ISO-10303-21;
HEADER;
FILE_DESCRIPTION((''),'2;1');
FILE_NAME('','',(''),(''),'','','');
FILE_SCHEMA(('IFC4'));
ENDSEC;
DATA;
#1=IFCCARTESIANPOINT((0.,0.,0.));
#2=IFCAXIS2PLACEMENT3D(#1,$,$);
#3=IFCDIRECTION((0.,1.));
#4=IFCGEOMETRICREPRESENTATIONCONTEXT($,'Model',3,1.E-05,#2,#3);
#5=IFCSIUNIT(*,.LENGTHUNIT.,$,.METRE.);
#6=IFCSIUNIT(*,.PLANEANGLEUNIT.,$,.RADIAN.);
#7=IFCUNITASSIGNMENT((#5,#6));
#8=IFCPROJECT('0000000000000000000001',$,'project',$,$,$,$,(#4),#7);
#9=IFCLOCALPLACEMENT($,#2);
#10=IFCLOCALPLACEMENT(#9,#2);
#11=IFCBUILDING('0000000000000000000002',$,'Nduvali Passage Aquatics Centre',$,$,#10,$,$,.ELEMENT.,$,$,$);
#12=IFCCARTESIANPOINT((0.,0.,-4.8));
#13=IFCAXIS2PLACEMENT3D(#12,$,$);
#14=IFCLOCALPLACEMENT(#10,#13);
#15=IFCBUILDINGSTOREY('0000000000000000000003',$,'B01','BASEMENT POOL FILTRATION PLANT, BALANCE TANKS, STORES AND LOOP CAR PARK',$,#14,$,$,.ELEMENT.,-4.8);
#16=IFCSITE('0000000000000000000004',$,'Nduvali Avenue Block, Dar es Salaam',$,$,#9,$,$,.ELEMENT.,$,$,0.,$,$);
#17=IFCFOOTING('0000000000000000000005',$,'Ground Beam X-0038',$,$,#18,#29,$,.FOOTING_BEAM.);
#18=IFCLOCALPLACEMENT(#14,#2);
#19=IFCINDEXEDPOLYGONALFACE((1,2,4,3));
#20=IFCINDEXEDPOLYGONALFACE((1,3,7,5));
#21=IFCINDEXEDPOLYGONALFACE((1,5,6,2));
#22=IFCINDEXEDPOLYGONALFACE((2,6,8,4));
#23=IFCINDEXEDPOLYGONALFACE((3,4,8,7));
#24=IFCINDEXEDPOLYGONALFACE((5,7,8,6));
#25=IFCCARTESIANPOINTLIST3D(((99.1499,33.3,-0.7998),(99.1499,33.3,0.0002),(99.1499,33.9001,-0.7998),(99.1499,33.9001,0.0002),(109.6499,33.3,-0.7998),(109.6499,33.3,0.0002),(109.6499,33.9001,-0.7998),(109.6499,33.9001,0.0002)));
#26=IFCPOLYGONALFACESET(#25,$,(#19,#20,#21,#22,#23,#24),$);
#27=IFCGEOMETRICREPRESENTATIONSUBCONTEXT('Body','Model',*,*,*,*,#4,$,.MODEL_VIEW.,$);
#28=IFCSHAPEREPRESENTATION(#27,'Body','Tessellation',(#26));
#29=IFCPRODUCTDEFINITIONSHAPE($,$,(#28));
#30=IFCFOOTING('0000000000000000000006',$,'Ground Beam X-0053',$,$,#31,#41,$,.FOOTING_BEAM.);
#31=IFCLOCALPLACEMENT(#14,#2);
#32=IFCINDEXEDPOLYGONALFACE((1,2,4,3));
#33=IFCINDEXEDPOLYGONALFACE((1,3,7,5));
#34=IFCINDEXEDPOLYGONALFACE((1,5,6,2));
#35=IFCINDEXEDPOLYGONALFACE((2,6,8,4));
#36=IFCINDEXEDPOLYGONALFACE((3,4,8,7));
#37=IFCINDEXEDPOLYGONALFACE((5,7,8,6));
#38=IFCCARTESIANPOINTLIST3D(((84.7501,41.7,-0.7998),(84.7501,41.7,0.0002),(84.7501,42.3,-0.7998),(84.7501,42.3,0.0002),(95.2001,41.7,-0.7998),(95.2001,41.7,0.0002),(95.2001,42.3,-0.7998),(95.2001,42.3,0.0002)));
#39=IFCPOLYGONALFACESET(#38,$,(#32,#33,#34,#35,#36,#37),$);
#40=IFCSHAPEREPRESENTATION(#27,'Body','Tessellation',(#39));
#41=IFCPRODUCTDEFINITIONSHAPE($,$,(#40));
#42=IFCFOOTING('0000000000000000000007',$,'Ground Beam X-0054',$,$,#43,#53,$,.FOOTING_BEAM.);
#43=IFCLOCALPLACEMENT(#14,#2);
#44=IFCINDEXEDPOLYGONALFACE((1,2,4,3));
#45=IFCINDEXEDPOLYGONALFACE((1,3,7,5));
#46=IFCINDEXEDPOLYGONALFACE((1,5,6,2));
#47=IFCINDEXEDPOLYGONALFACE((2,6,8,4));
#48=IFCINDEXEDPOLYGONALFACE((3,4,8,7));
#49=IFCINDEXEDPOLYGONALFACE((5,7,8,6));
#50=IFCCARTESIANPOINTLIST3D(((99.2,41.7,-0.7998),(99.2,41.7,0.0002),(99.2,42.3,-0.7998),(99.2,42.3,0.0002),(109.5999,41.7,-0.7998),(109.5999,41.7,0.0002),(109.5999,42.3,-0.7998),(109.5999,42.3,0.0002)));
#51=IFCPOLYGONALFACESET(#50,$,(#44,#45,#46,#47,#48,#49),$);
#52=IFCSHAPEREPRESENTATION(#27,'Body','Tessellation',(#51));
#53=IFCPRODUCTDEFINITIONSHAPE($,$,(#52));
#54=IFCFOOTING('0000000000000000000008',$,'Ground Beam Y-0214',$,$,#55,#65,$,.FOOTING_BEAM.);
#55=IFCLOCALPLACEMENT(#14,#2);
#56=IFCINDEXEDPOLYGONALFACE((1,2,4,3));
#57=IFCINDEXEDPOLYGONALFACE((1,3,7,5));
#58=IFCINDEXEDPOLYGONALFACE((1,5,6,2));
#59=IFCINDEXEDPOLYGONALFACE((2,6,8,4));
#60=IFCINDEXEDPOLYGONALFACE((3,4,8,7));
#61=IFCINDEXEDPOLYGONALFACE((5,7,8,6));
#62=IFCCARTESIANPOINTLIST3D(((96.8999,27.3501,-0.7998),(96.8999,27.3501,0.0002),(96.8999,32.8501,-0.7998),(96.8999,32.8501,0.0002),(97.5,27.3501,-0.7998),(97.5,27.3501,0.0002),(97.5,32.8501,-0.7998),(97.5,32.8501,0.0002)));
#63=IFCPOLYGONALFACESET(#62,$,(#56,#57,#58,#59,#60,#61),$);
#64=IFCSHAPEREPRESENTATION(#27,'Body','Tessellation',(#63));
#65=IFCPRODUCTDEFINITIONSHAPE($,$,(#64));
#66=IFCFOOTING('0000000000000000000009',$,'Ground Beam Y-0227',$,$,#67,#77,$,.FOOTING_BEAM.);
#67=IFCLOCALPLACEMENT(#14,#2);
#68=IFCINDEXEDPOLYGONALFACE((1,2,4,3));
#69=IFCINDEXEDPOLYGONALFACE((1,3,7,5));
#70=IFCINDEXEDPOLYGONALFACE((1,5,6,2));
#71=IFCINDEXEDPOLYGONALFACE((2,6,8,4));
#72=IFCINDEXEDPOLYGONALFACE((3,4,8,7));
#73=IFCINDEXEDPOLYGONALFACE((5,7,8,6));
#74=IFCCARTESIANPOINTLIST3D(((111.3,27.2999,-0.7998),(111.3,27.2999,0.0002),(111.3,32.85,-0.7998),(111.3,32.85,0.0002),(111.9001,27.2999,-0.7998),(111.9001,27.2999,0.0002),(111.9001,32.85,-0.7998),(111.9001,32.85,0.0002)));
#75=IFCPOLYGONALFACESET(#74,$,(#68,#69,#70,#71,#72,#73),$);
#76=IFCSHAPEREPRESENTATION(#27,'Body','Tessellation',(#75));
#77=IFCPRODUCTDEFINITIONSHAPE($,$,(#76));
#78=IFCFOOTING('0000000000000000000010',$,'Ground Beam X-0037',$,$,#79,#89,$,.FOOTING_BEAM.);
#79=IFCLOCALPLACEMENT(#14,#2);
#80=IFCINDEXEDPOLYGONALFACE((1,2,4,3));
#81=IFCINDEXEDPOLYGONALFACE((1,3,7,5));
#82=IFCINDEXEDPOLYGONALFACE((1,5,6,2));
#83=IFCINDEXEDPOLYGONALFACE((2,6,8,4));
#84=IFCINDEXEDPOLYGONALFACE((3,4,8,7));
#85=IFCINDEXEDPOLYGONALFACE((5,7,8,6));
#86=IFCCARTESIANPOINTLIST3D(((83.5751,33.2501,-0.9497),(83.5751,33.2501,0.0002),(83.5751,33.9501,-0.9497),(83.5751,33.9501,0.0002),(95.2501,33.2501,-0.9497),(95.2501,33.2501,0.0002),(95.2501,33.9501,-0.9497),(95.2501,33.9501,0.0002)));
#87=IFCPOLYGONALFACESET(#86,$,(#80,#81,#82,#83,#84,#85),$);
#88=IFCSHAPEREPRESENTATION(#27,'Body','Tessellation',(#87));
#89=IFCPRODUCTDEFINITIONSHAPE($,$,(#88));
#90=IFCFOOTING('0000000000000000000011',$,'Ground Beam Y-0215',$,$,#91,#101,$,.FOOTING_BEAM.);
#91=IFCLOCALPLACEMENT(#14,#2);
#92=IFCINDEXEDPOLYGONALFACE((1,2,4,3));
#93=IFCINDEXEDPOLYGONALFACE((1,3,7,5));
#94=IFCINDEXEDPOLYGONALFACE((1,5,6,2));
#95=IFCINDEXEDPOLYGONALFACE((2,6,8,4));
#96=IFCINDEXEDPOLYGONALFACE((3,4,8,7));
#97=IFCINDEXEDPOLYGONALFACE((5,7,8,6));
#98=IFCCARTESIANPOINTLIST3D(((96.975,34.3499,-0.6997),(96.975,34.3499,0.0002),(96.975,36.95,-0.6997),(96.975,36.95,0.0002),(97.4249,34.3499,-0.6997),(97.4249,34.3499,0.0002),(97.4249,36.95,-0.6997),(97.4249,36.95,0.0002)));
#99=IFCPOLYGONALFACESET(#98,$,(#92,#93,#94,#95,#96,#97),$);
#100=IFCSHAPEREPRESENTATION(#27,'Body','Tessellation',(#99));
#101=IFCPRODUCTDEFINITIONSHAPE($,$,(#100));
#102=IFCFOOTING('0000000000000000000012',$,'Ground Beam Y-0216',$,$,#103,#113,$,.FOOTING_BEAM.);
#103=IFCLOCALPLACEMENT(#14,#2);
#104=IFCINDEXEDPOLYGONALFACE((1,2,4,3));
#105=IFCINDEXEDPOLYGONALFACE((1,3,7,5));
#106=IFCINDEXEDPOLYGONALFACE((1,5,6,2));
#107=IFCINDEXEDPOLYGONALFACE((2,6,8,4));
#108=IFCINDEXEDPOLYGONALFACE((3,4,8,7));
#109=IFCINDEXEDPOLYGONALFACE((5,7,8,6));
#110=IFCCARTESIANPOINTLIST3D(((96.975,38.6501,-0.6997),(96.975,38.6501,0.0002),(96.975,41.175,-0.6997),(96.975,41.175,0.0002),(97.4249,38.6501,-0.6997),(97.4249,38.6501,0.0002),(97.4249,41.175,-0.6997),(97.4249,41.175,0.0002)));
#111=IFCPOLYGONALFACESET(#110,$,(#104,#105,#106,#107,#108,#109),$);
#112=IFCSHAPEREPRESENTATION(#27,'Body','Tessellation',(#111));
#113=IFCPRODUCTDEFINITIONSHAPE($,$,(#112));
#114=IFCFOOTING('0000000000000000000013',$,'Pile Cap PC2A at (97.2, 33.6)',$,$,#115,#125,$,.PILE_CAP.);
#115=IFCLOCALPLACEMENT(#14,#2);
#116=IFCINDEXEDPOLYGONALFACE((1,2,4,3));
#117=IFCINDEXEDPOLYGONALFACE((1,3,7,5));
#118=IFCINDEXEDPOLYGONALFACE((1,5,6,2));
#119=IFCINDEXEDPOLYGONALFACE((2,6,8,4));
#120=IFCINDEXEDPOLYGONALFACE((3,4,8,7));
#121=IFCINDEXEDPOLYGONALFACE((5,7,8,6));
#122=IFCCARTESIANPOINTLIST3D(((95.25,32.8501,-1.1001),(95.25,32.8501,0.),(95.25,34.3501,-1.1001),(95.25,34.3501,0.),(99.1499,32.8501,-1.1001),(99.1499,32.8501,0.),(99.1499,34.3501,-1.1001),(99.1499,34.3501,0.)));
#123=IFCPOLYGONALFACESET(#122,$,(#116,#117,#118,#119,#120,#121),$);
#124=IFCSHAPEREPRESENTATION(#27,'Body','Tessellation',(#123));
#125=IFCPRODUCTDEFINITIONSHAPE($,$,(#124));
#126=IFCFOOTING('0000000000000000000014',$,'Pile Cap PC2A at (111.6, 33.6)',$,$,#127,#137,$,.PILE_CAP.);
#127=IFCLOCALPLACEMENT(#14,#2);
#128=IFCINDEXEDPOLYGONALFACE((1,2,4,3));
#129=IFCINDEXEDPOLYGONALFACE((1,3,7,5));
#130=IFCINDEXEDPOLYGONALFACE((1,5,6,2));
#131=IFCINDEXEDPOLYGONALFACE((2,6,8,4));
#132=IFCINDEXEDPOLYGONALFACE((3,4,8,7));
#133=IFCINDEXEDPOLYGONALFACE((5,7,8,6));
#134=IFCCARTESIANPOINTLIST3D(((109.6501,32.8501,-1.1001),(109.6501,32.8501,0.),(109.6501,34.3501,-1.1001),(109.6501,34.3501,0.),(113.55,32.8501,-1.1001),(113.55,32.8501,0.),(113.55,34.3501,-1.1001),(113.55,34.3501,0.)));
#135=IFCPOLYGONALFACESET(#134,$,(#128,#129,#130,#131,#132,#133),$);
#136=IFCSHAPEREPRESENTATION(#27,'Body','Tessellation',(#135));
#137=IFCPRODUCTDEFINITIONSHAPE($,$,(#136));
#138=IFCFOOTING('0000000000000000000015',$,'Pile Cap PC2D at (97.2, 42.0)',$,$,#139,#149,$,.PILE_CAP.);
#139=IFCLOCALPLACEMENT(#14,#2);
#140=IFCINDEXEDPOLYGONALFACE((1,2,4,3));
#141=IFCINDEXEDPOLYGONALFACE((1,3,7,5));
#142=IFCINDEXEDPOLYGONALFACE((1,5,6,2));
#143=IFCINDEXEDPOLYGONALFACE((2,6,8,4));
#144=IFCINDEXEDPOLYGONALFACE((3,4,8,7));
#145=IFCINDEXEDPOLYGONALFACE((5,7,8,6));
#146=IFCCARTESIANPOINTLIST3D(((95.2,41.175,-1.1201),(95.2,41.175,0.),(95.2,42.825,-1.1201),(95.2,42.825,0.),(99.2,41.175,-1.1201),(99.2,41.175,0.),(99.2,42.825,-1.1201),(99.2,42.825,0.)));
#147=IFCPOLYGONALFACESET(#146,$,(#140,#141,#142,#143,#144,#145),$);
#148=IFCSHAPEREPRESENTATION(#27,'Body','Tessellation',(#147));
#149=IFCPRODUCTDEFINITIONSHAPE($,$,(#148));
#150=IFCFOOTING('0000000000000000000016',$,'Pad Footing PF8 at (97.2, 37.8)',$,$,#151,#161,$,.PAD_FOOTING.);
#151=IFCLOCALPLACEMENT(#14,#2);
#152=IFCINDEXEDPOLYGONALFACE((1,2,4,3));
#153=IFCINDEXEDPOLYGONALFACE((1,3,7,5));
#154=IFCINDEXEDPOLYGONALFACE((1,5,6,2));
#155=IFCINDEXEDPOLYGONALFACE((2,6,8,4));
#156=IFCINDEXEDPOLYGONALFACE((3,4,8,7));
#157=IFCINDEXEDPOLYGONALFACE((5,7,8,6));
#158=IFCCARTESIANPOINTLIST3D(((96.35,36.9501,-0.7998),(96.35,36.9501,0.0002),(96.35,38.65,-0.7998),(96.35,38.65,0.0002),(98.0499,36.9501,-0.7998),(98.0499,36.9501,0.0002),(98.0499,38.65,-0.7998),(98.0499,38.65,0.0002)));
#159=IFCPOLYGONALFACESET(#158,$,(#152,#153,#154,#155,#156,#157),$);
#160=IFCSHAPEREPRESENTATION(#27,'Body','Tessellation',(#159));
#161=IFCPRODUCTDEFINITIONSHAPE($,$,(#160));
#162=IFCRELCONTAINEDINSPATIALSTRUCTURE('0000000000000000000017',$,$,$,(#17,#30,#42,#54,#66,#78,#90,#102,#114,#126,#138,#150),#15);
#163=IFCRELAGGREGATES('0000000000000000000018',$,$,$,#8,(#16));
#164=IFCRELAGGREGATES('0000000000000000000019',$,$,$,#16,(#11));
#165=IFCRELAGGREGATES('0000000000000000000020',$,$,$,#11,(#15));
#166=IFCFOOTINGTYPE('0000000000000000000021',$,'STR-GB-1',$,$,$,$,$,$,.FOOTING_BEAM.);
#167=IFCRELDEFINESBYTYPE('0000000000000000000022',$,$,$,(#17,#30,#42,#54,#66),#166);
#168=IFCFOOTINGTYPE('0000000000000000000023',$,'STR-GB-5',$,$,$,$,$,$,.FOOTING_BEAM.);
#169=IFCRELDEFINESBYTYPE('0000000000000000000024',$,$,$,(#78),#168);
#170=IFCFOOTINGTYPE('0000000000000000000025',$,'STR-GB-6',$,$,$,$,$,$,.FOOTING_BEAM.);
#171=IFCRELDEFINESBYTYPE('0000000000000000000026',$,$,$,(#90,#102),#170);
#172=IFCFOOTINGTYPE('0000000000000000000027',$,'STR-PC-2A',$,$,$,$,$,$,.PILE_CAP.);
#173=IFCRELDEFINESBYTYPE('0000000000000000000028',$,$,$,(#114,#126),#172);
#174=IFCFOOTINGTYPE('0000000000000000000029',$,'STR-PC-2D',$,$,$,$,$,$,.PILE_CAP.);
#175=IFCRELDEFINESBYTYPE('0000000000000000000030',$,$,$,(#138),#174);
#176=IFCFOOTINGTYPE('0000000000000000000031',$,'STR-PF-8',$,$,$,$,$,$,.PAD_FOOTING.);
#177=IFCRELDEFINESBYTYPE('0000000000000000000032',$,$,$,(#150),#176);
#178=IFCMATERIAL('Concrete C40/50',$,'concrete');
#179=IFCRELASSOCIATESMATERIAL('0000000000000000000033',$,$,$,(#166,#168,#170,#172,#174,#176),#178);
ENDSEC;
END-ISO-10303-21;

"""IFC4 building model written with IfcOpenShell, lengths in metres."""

from ifc_helpers import new_model, si_unit, direction, frame, origin, origin_2d, place, context, subcontext, project, spatial, rectangle, extrude, material, type_object, element, save


model = new_model("IFC4")

# Units and contexts
model_context = context("Model", 3, precision=1e-05, world=origin(), true_north=direction((0.0, 1.0)))
body_context = subcontext(model_context, "Body", "Model", "MODEL_VIEW")
ifc_project = project(units=[si_unit("LENGTHUNIT", "METRE"), si_unit("PLANEANGLEUNIT", "RADIAN")], contexts=[model_context])

# Site, building, storey
site_placement = place(None, origin())
site = spatial("IfcSite", under=ifc_project, at=site_placement, Name="Nduvali Avenue Block, Dar es Salaam", CompositionType="ELEMENT", RefElevation=0.0)
building_placement = place(site_placement, origin())
building = spatial("IfcBuilding", under=site, at=building_placement, Name="Nduvali Passage Aquatics Centre", CompositionType="ELEMENT")
storey_placement = place(building_placement, frame((0.0, 0.0, -4.8)))
storey = spatial("IfcBuildingStorey", under=building, at=storey_placement, Name="B01", Description="BASEMENT POOL FILTRATION PLANT, BALANCE TANKS, STORES AND LOOP CAR PARK", CompositionType="ELEMENT", Elevation=-4.8)

# Footings
ifc_material = material(Name="Concrete C40/50", Category="concrete")
footing_type_1 = type_object("IfcFootingType", Name="STR-GB-1", PredefinedType="FOOTING_BEAM", material=ifc_material)
footing_1_placement = place(storey_placement, frame((104.3999, 33.6001, -0.7998), z_axis=(0.0, 0.0, 1.0), x_axis=(1.0, 0.0, 0.0)))
element("IfcFooting", 1, at=footing_1_placement, inside=storey, type_object=footing_type_1, Name="Ground Beam X-0038", PredefinedType="FOOTING_BEAM", context=body_context, shape_type="SweptSolid", body=[
    extrude(rectangle(XDim=10.5, YDim=0.6001, at=origin_2d()), origin(), (0.0, 0.0, 1.0), 0.8),
])
footing_2_placement = place(storey_placement, frame((89.9751, 42.0, -0.7998), z_axis=(0.0, 0.0, 1.0), x_axis=(1.0, 0.0, 0.0)))
element("IfcFooting", 2, at=footing_2_placement, inside=storey, type_object=footing_type_1, Name="Ground Beam X-0053", PredefinedType="FOOTING_BEAM", context=body_context, shape_type="SweptSolid", body=[
    extrude(rectangle(XDim=10.45, YDim=0.6001, at=origin_2d()), origin(), (0.0, 0.0, 1.0), 0.8),
])
footing_3_placement = place(storey_placement, frame((104.3999, 42.0, -0.7998), z_axis=(0.0, 0.0, 1.0), x_axis=(1.0, 0.0, 0.0)))
element("IfcFooting", 3, at=footing_3_placement, inside=storey, type_object=footing_type_1, Name="Ground Beam X-0054", PredefinedType="FOOTING_BEAM", context=body_context, shape_type="SweptSolid", body=[
    extrude(rectangle(XDim=10.3999, YDim=0.6001, at=origin_2d()), origin(), (0.0, 0.0, 1.0), 0.8),
])
footing_4_placement = place(storey_placement, frame((97.2, 30.1001, -0.7998), z_axis=(0.0, 0.0, 1.0), x_axis=(0.0, 1.0, 0.0)))
element("IfcFooting", 4, at=footing_4_placement, inside=storey, type_object=footing_type_1, Name="Ground Beam Y-0214", PredefinedType="FOOTING_BEAM", context=body_context, shape_type="SweptSolid", body=[
    extrude(rectangle(XDim=5.5, YDim=0.6001, at=origin_2d()), origin(), (0.0, 0.0, 1.0), 0.8),
])
footing_5_placement = place(storey_placement, frame((111.6001, 30.075, -0.7998), z_axis=(0.0, 0.0, 1.0), x_axis=(0.0, 1.0, 0.0)))
element("IfcFooting", 5, at=footing_5_placement, inside=storey, type_object=footing_type_1, Name="Ground Beam Y-0227", PredefinedType="FOOTING_BEAM", context=body_context, shape_type="SweptSolid", body=[
    extrude(rectangle(XDim=5.55, YDim=0.6001, at=origin_2d()), origin(), (0.0, 0.0, 1.0), 0.8),
])
footing_type_2 = type_object("IfcFootingType", Name="STR-GB-5", PredefinedType="FOOTING_BEAM", material=ifc_material)
footing_6_placement = place(storey_placement, frame((89.4126, 33.6001, -0.9497), z_axis=(0.0, 0.0, 1.0), x_axis=(1.0, 0.0, 0.0)))
element("IfcFooting", 6, at=footing_6_placement, inside=storey, type_object=footing_type_2, Name="Ground Beam X-0037", PredefinedType="FOOTING_BEAM", context=body_context, shape_type="SweptSolid", body=[
    extrude(rectangle(XDim=11.675, YDim=0.7, at=origin_2d()), origin(), (0.0, 0.0, 1.0), 0.95),
])
footing_type_3 = type_object("IfcFootingType", Name="STR-GB-6", PredefinedType="FOOTING_BEAM", material=ifc_material)
footing_7_placement = place(storey_placement, frame((97.2, 35.6499, -0.6997), z_axis=(0.0, 0.0, 1.0), x_axis=(0.0, 1.0, 0.0)))
element("IfcFooting", 7, at=footing_7_placement, inside=storey, type_object=footing_type_3, Name="Ground Beam Y-0215", PredefinedType="FOOTING_BEAM", context=body_context, shape_type="SweptSolid", body=[
    extrude(rectangle(XDim=2.6001, YDim=0.45, at=origin_2d()), origin(), (0.0, 0.0, 1.0), 0.7),
])
footing_8_placement = place(storey_placement, frame((97.2, 39.9126, -0.6997), z_axis=(0.0, 0.0, 1.0), x_axis=(0.0, 1.0, 0.0)))
element("IfcFooting", 8, at=footing_8_placement, inside=storey, type_object=footing_type_3, Name="Ground Beam Y-0216", PredefinedType="FOOTING_BEAM", context=body_context, shape_type="SweptSolid", body=[
    extrude(rectangle(XDim=2.5249, YDim=0.45, at=origin_2d()), origin(), (0.0, 0.0, 1.0), 0.7),
])
footing_type_4 = type_object("IfcFootingType", Name="STR-PC-2A", PredefinedType="PILE_CAP", material=ifc_material)
for number, where, z_axis, x_axis, name in (
    (9, (97.2, 33.6001, -1.1001), (0.0, 0.0, 1.0), (1.0, 0.0, 0.0), "Pile Cap PC2A at (97.2, 33.6)"),
    (10, (111.6001, 33.6001, -1.1001), (0.0, 0.0, 1.0), (1.0, 0.0, 0.0), "Pile Cap PC2A at (111.6, 33.6)"),
):
    element("IfcFooting", number, at=place(storey_placement, frame(where, z_axis=z_axis, x_axis=x_axis)), inside=storey, type_object=footing_type_4, Name=name, PredefinedType="PILE_CAP", context=body_context, shape_type="SweptSolid", body=[
        extrude(rectangle(XDim=3.8999, YDim=1.5, at=origin_2d()), origin(), (0.0, 0.0, 1.0), 1.1001),
    ])
footing_type_5 = type_object("IfcFootingType", Name="STR-PC-2D", PredefinedType="PILE_CAP", material=ifc_material)
footing_9_placement = place(storey_placement, frame((97.2, 42.0, -1.1201), z_axis=(0.0, 0.0, 1.0), x_axis=(1.0, 0.0, 0.0)))
element("IfcFooting", 11, at=footing_9_placement, inside=storey, type_object=footing_type_5, Name="Pile Cap PC2D at (97.2, 42.0)", PredefinedType="PILE_CAP", context=body_context, shape_type="SweptSolid", body=[
    extrude(rectangle(XDim=4.0, YDim=1.6499, at=origin_2d()), origin(), (0.0, 0.0, 1.0), 1.1201),
])
footing_type_6 = type_object("IfcFootingType", Name="STR-PF-8", PredefinedType="PAD_FOOTING", material=ifc_material)
footing_10_placement = place(storey_placement, frame((97.2, 37.8, -0.7998), z_axis=(0.0, 0.0, 1.0), x_axis=(1.0, 0.0, 0.0)))
element("IfcFooting", 12, at=footing_10_placement, inside=storey, type_object=footing_type_6, Name="Pad Footing PF8 at (97.2, 37.8)", PredefinedType="PAD_FOOTING", context=body_context, shape_type="SweptSolid", body=[
    extrude(rectangle(XDim=1.7, YDim=1.7, at=origin_2d()), origin(), (0.0, 0.0, 1.0), 0.8),
])

save(model, "model.ifc")
